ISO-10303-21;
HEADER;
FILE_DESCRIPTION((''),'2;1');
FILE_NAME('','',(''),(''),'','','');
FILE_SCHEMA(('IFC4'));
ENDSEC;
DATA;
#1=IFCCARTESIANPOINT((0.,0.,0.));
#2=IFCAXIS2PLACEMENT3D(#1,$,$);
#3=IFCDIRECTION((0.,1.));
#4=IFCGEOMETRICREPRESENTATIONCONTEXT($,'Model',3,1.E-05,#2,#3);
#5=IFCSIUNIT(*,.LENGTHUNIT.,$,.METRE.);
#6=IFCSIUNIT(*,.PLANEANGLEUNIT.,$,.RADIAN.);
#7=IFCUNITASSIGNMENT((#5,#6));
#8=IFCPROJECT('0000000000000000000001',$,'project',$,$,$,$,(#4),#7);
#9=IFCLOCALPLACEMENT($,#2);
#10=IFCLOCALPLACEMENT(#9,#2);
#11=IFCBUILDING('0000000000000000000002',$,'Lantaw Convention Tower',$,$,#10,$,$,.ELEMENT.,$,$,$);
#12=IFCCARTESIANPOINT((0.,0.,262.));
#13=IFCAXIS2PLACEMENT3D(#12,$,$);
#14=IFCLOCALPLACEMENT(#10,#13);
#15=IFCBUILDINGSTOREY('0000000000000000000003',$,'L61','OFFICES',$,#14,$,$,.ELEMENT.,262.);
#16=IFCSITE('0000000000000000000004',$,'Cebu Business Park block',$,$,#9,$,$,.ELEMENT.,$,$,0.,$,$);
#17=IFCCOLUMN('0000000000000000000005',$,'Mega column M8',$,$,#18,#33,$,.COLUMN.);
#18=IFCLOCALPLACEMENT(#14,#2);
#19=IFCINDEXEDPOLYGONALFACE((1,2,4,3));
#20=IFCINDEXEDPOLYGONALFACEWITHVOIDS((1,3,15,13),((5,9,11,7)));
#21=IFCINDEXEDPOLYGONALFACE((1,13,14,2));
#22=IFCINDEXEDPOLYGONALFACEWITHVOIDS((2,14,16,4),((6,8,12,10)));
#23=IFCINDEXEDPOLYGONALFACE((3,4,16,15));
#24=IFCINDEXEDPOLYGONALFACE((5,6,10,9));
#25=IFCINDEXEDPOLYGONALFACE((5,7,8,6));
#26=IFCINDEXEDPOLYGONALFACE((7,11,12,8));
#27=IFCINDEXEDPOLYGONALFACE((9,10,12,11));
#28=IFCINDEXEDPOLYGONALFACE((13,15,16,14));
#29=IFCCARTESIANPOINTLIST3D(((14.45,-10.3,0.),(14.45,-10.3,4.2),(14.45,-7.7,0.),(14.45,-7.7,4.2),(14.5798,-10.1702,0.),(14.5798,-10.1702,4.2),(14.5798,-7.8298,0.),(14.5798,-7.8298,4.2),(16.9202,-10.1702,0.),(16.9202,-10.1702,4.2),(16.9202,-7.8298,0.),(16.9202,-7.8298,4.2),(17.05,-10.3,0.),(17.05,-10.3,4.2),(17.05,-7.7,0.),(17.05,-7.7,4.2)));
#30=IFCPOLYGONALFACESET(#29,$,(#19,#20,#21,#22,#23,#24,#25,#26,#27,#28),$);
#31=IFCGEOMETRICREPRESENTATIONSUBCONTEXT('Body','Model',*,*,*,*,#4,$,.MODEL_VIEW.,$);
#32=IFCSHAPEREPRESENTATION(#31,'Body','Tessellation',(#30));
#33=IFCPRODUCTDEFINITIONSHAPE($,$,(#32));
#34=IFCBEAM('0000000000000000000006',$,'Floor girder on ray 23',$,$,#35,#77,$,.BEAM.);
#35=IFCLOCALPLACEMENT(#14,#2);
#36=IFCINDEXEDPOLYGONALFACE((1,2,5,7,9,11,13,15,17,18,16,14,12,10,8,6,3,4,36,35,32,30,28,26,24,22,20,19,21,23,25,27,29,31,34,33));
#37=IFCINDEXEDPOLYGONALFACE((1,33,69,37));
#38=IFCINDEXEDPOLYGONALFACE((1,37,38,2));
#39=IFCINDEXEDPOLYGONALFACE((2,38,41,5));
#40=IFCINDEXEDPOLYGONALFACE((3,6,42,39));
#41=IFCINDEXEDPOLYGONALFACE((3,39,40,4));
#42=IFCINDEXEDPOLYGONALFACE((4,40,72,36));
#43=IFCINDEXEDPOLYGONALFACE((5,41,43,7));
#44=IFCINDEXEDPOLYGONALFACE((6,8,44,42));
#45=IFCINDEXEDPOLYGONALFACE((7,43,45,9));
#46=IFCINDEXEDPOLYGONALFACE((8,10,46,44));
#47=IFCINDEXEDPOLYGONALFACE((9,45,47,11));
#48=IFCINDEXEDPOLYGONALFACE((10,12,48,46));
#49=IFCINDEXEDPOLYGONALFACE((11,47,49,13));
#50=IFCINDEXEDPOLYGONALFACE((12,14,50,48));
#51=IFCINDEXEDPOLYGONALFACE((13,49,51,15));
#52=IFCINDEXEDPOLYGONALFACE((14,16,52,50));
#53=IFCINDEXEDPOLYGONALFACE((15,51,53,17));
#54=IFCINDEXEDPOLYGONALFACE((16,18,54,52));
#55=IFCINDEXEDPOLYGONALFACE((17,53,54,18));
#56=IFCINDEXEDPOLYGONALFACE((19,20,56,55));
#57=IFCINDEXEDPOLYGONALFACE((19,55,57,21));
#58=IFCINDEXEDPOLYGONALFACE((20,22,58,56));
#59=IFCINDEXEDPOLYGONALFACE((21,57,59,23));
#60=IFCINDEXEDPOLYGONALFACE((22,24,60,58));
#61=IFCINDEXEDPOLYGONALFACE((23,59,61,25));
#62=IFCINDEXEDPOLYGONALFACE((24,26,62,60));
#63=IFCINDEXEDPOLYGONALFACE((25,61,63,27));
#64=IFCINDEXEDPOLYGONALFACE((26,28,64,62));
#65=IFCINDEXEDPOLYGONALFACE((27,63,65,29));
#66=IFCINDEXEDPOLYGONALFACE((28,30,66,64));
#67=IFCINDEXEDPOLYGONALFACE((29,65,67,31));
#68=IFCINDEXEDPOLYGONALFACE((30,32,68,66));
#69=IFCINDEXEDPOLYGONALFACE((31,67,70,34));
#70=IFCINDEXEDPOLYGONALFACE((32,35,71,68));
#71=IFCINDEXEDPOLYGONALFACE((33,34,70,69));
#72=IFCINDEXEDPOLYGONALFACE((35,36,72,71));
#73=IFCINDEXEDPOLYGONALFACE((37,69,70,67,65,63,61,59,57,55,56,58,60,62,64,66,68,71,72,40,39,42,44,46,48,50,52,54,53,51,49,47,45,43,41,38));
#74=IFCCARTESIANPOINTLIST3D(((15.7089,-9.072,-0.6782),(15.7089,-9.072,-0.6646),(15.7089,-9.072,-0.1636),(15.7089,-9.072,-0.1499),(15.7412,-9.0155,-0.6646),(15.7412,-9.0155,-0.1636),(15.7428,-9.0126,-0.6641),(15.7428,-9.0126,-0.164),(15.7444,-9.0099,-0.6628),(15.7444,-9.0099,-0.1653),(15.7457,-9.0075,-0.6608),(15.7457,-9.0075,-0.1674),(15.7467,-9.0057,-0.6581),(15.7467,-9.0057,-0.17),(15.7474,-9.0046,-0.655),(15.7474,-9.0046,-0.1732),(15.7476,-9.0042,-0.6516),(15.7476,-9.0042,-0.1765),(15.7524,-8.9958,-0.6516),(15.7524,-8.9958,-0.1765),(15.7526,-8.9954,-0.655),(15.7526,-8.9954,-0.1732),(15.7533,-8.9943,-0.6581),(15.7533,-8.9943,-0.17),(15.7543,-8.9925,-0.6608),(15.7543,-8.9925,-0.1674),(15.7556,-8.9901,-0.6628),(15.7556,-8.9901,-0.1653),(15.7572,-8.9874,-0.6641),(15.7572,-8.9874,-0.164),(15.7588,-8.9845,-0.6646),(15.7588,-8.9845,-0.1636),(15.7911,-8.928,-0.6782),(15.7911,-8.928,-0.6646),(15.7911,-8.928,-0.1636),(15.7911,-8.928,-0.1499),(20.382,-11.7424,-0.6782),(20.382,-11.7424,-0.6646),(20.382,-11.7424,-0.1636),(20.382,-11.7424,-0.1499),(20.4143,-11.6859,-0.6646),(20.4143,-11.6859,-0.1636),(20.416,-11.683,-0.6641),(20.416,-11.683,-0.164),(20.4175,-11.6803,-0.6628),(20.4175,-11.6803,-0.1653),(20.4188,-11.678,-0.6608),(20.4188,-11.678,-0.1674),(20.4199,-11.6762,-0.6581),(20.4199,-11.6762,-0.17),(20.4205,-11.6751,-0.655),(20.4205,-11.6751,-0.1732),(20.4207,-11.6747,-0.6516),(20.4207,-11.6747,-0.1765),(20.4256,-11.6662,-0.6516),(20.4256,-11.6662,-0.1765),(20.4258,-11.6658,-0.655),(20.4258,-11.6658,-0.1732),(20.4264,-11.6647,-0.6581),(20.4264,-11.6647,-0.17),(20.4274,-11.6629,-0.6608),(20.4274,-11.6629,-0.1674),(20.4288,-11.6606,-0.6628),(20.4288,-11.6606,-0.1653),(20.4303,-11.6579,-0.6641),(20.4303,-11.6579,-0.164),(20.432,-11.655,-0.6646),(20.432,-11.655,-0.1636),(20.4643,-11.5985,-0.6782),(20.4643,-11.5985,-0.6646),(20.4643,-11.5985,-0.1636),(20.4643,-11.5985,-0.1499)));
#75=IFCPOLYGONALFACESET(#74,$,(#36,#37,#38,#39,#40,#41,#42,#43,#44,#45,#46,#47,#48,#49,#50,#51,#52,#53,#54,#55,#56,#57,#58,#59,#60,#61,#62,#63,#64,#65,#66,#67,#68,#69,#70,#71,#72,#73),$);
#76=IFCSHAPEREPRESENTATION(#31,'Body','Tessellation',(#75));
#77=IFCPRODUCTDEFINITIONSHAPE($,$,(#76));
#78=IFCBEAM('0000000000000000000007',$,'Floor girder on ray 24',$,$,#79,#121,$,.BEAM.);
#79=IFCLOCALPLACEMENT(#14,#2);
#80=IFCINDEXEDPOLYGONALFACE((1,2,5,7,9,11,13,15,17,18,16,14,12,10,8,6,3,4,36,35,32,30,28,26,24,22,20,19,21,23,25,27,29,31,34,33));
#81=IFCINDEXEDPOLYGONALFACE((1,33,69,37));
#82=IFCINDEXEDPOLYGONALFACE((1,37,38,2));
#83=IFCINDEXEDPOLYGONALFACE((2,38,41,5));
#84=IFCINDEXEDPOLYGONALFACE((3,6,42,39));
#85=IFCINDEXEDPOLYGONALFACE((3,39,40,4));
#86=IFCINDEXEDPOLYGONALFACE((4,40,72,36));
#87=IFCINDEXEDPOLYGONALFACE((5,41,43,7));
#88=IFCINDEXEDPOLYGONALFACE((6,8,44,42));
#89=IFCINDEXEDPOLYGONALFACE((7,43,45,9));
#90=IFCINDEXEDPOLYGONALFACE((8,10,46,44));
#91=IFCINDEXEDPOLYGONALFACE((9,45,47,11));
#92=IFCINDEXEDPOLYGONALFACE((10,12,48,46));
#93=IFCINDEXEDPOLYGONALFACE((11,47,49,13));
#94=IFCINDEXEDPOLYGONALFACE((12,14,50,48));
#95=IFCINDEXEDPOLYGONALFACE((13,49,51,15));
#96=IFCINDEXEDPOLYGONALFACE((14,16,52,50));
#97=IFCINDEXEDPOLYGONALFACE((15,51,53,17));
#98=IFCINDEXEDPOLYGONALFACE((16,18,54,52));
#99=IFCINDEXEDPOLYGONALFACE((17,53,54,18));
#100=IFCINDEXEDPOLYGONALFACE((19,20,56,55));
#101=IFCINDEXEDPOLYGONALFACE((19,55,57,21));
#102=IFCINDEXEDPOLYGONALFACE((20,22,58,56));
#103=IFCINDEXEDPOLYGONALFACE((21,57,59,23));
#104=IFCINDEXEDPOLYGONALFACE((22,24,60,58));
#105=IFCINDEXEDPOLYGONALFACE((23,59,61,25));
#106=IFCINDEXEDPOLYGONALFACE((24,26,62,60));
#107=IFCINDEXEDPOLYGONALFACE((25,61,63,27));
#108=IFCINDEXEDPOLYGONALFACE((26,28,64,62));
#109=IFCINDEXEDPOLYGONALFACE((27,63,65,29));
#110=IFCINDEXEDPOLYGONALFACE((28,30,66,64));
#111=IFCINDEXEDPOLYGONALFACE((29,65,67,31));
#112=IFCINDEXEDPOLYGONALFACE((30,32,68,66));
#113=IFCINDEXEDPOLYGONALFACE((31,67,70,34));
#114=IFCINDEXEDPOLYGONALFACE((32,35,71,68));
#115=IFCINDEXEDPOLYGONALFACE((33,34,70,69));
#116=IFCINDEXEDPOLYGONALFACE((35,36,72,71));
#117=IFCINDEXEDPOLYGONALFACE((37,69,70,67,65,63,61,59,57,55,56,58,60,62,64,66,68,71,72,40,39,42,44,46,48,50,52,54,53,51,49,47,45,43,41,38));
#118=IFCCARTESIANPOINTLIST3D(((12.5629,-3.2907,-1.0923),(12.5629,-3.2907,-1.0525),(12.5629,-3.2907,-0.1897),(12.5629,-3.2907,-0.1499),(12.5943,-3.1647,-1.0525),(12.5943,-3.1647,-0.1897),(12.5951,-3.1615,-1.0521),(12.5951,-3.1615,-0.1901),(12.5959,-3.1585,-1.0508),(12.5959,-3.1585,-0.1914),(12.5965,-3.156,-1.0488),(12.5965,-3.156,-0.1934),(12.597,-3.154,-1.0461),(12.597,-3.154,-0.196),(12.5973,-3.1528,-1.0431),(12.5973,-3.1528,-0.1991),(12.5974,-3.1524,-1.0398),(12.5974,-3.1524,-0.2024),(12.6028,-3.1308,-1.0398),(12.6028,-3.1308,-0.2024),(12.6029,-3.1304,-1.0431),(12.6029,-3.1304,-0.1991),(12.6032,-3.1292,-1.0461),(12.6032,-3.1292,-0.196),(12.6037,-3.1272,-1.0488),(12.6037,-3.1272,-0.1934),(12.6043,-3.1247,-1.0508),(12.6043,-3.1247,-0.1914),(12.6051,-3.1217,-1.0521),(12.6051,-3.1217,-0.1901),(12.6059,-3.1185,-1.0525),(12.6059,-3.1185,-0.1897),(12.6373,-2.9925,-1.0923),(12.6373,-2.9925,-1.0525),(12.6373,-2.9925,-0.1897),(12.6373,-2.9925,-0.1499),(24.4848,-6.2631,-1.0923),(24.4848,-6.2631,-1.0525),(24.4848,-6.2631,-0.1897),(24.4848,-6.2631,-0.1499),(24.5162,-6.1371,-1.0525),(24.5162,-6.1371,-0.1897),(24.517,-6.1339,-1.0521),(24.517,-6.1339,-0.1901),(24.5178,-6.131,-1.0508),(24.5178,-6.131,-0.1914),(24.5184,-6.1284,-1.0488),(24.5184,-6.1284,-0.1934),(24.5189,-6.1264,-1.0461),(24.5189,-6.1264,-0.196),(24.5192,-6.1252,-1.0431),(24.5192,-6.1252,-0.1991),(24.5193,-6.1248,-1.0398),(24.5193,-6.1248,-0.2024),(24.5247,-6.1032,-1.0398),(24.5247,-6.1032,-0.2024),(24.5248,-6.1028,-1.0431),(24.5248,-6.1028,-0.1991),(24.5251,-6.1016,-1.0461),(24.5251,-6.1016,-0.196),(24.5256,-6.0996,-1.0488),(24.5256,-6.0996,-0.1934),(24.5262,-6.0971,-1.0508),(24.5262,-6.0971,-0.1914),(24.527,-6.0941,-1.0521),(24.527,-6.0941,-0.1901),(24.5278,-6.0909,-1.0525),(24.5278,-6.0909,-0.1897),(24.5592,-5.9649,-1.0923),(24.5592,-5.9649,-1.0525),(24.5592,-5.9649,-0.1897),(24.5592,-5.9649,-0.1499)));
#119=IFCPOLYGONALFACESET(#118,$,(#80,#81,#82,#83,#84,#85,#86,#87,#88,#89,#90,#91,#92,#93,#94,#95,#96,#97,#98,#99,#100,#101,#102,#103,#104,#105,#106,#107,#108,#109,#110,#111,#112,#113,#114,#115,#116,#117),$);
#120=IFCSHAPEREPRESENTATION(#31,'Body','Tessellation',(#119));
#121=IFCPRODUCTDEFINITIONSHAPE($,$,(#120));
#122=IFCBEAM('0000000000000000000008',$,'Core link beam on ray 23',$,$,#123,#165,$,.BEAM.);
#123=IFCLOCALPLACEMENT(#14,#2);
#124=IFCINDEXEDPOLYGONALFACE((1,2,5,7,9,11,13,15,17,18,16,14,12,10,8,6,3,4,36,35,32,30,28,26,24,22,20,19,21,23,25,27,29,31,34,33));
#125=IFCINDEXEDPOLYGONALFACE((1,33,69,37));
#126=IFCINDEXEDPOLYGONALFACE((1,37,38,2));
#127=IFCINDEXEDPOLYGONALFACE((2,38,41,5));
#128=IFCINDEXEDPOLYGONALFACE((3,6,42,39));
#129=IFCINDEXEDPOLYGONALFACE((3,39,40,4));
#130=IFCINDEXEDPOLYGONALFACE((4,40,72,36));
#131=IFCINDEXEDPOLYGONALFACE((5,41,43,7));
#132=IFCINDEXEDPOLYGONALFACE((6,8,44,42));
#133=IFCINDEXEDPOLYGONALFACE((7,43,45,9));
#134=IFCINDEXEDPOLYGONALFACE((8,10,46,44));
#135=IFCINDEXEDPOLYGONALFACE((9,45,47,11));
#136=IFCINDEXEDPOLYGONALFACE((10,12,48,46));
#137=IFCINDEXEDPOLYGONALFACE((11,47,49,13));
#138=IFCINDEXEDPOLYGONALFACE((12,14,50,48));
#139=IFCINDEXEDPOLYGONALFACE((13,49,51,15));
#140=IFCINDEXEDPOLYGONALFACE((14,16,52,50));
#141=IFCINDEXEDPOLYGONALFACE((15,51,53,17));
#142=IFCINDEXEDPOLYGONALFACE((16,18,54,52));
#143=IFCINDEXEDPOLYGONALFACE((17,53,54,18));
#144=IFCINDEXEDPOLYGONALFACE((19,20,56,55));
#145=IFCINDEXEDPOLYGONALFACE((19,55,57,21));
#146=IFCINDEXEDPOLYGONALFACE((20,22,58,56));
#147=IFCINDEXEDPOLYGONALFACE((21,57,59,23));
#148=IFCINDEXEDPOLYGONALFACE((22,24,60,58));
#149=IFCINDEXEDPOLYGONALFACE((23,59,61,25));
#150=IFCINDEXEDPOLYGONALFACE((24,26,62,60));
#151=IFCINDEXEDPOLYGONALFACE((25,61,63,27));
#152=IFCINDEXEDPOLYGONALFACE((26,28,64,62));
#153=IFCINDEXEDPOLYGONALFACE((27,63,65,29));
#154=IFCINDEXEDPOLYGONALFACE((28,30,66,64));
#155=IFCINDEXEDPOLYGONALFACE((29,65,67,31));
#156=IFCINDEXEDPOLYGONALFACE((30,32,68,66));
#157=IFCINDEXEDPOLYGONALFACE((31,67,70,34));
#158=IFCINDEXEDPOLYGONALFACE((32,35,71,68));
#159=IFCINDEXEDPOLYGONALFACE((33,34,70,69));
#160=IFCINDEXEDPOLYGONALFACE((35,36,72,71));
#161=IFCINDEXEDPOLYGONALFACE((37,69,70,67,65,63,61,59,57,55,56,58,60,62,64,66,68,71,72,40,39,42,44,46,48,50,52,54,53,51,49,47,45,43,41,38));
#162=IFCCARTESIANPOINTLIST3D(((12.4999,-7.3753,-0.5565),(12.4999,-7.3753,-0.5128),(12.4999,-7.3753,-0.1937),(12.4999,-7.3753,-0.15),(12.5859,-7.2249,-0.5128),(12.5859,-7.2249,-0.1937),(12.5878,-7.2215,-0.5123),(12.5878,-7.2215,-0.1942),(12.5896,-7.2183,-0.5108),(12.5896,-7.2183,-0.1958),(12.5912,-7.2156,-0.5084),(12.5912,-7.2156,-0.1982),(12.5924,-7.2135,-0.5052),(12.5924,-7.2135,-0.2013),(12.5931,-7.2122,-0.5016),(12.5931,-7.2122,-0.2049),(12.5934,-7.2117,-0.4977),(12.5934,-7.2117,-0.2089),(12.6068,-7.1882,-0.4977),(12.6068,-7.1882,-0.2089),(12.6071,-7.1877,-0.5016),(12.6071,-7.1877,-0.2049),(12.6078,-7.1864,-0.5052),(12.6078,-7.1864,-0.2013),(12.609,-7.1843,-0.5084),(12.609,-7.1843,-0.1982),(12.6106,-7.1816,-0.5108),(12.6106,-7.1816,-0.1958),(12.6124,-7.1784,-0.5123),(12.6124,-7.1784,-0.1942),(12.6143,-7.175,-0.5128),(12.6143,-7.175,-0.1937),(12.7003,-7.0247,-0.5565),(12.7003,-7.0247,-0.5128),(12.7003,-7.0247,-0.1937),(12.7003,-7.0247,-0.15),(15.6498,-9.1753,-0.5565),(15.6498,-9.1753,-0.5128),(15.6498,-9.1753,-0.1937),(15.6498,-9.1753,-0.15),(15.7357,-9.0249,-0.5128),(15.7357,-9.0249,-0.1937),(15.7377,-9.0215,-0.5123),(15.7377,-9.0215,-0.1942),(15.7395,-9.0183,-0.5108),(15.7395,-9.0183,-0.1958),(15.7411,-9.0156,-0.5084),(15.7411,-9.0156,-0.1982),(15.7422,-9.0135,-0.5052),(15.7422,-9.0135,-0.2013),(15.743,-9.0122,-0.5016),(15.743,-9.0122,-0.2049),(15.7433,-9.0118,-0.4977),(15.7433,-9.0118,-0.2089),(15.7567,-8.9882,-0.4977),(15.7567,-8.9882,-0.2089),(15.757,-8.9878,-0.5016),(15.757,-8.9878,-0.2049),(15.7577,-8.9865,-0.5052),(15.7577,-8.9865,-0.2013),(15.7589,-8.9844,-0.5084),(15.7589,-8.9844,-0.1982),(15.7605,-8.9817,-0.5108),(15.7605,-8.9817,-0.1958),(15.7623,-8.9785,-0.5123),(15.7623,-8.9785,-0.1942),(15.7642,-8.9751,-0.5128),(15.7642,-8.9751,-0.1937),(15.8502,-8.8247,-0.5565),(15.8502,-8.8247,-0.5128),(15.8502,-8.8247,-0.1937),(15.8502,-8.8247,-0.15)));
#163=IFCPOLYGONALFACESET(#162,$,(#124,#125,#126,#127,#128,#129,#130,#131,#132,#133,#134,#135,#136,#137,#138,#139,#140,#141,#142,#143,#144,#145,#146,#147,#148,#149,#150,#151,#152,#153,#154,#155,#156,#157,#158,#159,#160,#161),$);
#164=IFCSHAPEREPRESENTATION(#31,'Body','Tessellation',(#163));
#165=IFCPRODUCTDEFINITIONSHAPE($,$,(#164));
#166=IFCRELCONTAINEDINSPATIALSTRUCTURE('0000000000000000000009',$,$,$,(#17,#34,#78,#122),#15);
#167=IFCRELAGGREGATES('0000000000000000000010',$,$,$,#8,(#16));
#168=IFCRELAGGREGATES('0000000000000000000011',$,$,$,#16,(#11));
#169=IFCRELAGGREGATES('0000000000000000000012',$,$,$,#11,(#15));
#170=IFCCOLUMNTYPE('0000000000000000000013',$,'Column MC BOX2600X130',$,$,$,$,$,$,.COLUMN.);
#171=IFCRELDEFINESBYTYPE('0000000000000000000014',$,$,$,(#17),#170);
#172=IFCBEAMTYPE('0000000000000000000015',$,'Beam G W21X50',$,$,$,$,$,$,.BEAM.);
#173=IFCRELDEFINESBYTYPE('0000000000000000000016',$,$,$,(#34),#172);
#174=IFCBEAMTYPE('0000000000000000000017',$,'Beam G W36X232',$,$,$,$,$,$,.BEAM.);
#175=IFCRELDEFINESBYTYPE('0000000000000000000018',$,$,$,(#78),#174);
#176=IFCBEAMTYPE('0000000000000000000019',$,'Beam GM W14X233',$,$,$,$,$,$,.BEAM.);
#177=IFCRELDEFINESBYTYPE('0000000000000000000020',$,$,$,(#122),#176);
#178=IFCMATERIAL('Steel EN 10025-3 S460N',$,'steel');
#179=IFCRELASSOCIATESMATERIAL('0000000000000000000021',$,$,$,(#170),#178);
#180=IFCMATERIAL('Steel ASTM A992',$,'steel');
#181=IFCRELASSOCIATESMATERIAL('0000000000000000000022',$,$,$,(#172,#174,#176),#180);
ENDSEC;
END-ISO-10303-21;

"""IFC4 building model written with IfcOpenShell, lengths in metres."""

from ifc_helpers import new_model, si_unit, direction, frame, origin, origin_2d, place, context, subcontext, project, spatial, rectangle, hollow_rectangle, i_section, extrude, material, material_profile, profile_set, type_object, element, save


model = new_model("IFC4")

# Units and contexts
model_context = context("Model", 3, precision=1e-05, world=origin(), true_north=direction((0.0, 1.0)))
body_context = subcontext(model_context, "Body", "Model", "MODEL_VIEW")
ifc_project = project(units=[si_unit("LENGTHUNIT", "METRE"), si_unit("PLANEANGLEUNIT", "RADIAN")], contexts=[model_context])

# Site, building, storey
site_placement = place(None, origin())
site = spatial("IfcSite", under=ifc_project, at=site_placement, Name="Cebu Business Park block", CompositionType="ELEMENT", RefElevation=0.0)
building_placement = place(site_placement, origin())
building = spatial("IfcBuilding", under=site, at=building_placement, Name="Lantaw Convention Tower", CompositionType="ELEMENT")
storey_placement = place(building_placement, frame((0.0, 0.0, 262.0)))
storey = spatial("IfcBuildingStorey", under=building, at=storey_placement, Name="L61", Description="OFFICES", CompositionType="ELEMENT", Elevation=262.0)

# Column
ifc_material_1 = material(Name="Steel EN 10025-3 S460N", Category="steel")
ifc_material_profile_1 = material_profile(ifc_material_1, hollow_rectangle(XDim=2.6001, YDim=2.6001, WallThickness=0.1299, at=origin_2d()), Name="BOX2600X130")
ifc_material_2 = material(Name="Concrete C60/75", Category="concrete")
ifc_material_profile_2 = material_profile(ifc_material_2, rectangle(XDim=2.3401, YDim=2.3401, at=origin_2d()), Name="Concrete fill of BOX2600X130")
ifc_profile_set_1 = profile_set([ifc_material_profile_1, ifc_material_profile_2], Name="Steel EN 10025-3 S460N")
column_type = type_object("IfcColumnType", Name="Column MC BOX2600X130", PredefinedType="COLUMN", material=ifc_profile_set_1)
column_placement = place(storey_placement, frame((15.75, -9.0, 0.0), z_axis=(0.0, 0.0, 1.0), x_axis=(1.0, 0.0, 0.0)))
element("IfcColumn", 1, at=column_placement, inside=storey, type_object=column_type, Name="Mega column M8", PredefinedType="COLUMN", context=body_context, shape_type="SweptSolid", body=[
    extrude(hollow_rectangle(XDim=2.6001, YDim=2.6001, WallThickness=0.1299, at=origin_2d()), origin(), (0.0, 0.0, 1.0), 4.2),
])

# Beams
ifc_material_3 = material(Name="Steel ASTM A992", Category="steel")
ifc_material_profile_3 = material_profile(ifc_material_3, i_section(OverallWidth=0.1658, OverallDepth=0.5283, WebThickness=0.0098, FlangeThickness=0.0137, FilletRadius=0.0129, at=origin_2d()), Name="W21X50")
ifc_profile_set_2 = profile_set([ifc_material_profile_3], Name="Steel ASTM A992")
beam_type_1 = type_object("IfcBeamType", Name="Beam G W21X50", PredefinedType="BEAM", material=ifc_profile_set_2)
beam_1_placement = place(storey_placement, frame((15.75, -9.0, -0.4141), z_axis=(0.868238, -0.496149, 0.0), x_axis=(0.496149, 0.868238, 0.0)))
element("IfcBeam", 2, at=beam_1_placement, inside=storey, type_object=beam_type_1, Name="Floor girder on ray 23", PredefinedType="BEAM", context=body_context, shape_type="SweptSolid", body=[
    extrude(i_section(OverallWidth=0.1658, OverallDepth=0.5283, WebThickness=0.0098, FlangeThickness=0.0137, FilletRadius=0.0129, at=origin_2d()), origin(), (0.0, 0.0, 1.0), 5.3823),
])
ifc_material_profile_4 = material_profile(ifc_material_3, i_section(OverallWidth=0.3074, OverallDepth=0.9424, WebThickness=0.0222, FlangeThickness=0.0398, FilletRadius=0.0127, at=origin_2d()), Name="W36X232")
ifc_profile_set_3 = profile_set([ifc_material_profile_4], Name="Steel ASTM A992")
beam_type_2 = type_object("IfcBeamType", Name="Beam G W36X232", PredefinedType="BEAM", material=ifc_profile_set_3)
beam_2_placement = place(storey_placement, frame((12.6001, -3.1416, -0.6211), z_axis=(0.970297, -0.241918, 0.0), x_axis=(0.241918, 0.970297, 0.0)))
element("IfcBeam", 3, at=beam_2_placement, inside=storey, type_object=beam_type_2, Name="Floor girder on ray 24", PredefinedType="BEAM", context=body_context, shape_type="SweptSolid", body=[
    extrude(i_section(OverallWidth=0.3074, OverallDepth=0.9424, WebThickness=0.0222, FlangeThickness=0.0398, FilletRadius=0.0127, at=origin_2d()), origin(), (0.0, 0.0, 1.0), 12.2869),
])
ifc_material_profile_5 = material_profile(ifc_material_3, i_section(OverallWidth=0.4038, OverallDepth=0.4065, WebThickness=0.0271, FlangeThickness=0.0437, FilletRadius=0.0151, at=origin_2d()), Name="W14X233")
ifc_profile_set_4 = profile_set([ifc_material_profile_5], Name="Steel ASTM A992")
beam_type_3 = type_object("IfcBeamType", Name="Beam GM W14X233", PredefinedType="BEAM", material=ifc_profile_set_4)
beam_3_placement = place(storey_placement, frame((12.6001, -7.2, -0.3533), z_axis=(0.868231, -0.496161, 0.0), x_axis=(0.496161, 0.868231, 0.0)))
element("IfcBeam", 4, at=beam_3_placement, inside=storey, type_object=beam_type_3, Name="Core link beam on ray 23", PredefinedType="BEAM", context=body_context, shape_type="SweptSolid", body=[
    extrude(i_section(OverallWidth=0.4038, OverallDepth=0.4065, WebThickness=0.0271, FlangeThickness=0.0437, FilletRadius=0.0151, at=origin_2d()), origin(), (0.0, 0.0, 1.0), 3.6279),
])

save(model, "model.ifc")
